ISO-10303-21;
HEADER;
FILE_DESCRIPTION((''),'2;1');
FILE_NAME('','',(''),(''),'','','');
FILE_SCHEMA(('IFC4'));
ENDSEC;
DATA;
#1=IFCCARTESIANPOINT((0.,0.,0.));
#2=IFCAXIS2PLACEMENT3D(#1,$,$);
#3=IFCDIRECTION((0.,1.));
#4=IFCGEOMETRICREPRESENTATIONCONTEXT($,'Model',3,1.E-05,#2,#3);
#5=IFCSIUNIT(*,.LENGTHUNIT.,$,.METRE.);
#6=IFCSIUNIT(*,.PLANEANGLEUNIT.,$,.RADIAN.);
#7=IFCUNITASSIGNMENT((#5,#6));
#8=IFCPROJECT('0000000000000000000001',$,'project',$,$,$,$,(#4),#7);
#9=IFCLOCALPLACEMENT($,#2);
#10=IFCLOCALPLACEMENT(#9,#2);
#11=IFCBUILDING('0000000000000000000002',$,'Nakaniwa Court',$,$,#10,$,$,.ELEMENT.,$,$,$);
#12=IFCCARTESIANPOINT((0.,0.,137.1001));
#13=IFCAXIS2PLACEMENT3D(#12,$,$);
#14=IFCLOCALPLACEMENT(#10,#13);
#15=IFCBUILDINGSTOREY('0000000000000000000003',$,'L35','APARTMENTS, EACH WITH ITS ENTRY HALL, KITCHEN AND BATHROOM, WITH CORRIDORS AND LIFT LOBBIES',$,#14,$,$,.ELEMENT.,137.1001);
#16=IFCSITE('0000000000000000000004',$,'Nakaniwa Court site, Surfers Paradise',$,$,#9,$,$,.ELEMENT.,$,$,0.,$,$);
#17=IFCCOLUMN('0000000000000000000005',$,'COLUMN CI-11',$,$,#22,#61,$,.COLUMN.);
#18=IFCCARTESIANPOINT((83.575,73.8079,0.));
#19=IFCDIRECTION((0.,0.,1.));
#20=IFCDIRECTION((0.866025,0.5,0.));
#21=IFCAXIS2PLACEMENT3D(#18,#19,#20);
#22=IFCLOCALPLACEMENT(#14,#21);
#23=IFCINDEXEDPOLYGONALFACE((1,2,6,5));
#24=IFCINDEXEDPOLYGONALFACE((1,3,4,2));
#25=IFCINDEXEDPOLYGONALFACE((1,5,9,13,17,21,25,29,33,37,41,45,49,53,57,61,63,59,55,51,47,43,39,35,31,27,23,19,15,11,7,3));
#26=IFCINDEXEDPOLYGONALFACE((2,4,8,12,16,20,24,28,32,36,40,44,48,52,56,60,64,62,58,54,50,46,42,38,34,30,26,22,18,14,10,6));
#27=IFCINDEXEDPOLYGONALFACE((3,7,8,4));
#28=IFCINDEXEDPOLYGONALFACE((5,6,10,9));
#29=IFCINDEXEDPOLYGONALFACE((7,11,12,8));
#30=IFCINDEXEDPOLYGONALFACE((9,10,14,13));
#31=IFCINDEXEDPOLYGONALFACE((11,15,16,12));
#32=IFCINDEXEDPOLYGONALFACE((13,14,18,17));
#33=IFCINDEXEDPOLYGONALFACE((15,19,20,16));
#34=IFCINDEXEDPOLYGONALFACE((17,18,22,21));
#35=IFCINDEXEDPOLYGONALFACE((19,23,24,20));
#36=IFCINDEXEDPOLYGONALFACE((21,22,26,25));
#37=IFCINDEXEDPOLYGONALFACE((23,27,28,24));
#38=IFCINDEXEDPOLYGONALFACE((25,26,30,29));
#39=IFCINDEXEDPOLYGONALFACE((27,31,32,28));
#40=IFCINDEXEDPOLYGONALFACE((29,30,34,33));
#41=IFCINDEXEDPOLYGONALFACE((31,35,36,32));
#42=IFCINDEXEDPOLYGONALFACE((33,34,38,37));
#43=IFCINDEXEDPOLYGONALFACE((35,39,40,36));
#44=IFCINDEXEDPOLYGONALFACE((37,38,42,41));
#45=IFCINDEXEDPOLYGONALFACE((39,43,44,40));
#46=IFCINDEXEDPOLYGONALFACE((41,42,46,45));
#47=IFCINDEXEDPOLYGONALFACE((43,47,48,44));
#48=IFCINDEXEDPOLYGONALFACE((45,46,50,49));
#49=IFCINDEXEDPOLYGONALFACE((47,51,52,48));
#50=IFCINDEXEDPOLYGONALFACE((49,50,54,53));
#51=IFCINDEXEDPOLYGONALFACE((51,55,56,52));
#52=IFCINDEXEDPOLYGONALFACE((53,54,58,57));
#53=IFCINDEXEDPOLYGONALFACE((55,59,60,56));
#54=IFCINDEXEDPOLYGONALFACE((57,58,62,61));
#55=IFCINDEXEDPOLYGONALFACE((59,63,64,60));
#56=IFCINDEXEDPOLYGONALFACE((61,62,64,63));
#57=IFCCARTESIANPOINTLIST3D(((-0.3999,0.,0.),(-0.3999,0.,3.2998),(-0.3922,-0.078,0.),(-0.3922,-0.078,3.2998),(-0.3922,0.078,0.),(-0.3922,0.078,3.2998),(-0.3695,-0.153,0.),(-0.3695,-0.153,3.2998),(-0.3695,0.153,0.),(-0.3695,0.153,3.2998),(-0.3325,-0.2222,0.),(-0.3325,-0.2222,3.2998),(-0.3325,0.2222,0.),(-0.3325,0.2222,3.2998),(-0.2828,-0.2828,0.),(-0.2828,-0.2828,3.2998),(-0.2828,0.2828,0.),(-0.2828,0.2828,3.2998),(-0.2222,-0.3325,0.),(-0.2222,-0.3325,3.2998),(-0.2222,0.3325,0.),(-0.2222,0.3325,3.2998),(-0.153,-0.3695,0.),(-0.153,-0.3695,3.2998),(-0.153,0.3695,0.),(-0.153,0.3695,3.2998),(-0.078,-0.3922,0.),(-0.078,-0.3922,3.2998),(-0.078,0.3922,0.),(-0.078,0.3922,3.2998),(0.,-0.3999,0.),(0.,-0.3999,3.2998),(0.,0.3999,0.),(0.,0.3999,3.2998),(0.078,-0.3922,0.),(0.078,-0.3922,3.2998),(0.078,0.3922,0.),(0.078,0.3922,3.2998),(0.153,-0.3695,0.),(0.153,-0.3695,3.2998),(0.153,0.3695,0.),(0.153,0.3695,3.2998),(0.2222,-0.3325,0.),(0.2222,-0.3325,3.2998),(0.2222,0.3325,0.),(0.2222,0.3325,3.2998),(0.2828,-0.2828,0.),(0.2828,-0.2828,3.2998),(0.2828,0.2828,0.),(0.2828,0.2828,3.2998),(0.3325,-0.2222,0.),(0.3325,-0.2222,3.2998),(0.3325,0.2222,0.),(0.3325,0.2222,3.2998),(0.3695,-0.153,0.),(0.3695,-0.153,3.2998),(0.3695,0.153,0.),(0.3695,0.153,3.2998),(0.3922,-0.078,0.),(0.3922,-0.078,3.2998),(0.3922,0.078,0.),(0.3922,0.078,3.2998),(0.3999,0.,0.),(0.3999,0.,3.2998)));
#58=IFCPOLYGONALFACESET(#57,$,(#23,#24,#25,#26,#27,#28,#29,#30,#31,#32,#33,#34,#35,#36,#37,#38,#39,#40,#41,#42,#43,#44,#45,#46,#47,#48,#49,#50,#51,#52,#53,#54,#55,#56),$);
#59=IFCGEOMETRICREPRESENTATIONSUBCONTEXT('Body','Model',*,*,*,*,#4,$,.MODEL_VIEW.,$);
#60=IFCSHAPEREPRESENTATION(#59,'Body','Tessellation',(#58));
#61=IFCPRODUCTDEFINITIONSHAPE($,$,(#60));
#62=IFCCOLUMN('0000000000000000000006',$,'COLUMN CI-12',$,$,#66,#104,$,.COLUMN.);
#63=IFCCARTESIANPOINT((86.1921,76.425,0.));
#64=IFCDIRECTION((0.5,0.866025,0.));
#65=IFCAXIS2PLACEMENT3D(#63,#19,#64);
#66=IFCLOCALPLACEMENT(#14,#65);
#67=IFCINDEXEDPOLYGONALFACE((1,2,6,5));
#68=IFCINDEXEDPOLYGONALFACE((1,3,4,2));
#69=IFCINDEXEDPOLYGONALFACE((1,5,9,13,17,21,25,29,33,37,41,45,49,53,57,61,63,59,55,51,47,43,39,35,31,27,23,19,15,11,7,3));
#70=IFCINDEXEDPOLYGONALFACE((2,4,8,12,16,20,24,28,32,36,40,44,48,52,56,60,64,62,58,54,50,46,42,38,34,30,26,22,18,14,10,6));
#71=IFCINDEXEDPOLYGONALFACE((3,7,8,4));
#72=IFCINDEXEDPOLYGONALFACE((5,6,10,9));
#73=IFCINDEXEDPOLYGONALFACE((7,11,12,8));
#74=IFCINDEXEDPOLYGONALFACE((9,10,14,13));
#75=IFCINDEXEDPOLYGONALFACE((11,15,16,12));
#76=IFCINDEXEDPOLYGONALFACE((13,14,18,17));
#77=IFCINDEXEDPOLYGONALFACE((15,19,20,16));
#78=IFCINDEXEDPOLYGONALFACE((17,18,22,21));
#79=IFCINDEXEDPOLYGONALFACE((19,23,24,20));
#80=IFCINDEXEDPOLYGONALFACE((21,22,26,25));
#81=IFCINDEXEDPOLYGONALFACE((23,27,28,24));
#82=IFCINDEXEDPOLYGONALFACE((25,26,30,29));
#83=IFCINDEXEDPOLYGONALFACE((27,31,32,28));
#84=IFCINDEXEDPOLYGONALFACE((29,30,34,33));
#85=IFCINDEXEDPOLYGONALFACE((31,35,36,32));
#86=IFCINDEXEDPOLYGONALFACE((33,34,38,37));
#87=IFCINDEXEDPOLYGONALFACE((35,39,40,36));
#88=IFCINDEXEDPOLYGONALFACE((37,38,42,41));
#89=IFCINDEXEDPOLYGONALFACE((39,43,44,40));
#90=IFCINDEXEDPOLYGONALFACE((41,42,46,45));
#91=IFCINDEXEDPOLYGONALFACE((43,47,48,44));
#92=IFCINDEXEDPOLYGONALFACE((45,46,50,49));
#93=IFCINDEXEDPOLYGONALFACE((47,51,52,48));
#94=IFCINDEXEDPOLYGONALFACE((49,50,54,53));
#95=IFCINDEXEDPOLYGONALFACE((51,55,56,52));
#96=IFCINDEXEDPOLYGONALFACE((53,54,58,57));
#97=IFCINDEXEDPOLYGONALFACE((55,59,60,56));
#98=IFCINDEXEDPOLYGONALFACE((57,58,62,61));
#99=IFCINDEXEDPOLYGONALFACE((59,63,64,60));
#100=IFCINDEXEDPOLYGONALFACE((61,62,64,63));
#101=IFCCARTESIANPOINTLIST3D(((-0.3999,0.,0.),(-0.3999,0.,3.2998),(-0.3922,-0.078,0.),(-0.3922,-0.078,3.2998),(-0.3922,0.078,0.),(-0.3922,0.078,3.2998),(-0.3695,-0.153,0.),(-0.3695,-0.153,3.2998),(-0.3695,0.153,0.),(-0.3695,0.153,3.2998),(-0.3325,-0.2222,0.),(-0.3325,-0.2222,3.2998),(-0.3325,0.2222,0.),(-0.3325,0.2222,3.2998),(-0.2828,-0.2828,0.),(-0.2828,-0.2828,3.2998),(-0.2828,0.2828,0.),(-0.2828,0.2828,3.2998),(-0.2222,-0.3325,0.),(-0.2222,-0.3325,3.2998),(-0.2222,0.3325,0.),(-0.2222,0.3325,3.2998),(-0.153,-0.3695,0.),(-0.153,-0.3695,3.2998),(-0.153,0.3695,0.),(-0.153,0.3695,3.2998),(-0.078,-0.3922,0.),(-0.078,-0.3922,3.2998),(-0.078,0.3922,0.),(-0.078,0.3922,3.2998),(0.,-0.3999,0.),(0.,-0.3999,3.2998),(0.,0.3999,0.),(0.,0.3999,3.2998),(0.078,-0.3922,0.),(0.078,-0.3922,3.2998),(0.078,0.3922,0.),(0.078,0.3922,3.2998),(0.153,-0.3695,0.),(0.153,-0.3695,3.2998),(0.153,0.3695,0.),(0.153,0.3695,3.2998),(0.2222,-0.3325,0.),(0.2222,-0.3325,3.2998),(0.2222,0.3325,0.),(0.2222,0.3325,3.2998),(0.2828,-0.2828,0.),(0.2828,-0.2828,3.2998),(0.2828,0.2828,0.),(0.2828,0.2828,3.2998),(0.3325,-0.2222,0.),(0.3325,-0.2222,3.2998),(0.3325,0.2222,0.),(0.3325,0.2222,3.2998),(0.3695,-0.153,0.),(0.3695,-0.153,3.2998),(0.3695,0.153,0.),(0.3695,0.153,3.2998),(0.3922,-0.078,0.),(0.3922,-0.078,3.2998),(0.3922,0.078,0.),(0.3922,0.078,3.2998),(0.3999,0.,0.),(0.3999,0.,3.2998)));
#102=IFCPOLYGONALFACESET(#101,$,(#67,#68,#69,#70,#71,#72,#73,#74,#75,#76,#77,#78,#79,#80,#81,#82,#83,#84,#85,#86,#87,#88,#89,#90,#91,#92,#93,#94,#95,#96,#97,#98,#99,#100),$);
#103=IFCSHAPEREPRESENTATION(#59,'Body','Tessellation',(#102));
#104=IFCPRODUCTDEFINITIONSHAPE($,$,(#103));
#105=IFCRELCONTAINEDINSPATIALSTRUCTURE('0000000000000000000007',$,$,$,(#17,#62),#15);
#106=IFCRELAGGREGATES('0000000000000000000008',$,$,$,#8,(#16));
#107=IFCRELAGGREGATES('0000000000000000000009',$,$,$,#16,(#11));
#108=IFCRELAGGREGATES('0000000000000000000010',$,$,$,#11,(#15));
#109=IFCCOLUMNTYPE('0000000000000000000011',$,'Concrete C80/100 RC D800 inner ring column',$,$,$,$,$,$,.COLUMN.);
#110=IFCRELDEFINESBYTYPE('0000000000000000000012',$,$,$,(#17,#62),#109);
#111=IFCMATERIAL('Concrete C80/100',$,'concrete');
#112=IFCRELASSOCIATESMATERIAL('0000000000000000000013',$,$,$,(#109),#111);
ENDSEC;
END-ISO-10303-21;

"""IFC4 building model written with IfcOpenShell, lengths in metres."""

from ifc_helpers import new_model, si_unit, direction, frame, origin, origin_2d, place, context, subcontext, project, spatial, circle, extrude, material, material_profile, profile_set, type_object, element, save


model = new_model("IFC4")

# Units and contexts
model_context = context("Model", 3, precision=1e-05, world=origin(), true_north=direction((0.0, 1.0)))
body_context = subcontext(model_context, "Body", "Model", "MODEL_VIEW")
ifc_project = project(units=[si_unit("LENGTHUNIT", "METRE"), si_unit("PLANEANGLEUNIT", "RADIAN")], contexts=[model_context])

# Site, building, storey
site_placement = place(None, origin())
site = spatial("IfcSite", under=ifc_project, at=site_placement, Name="Nakaniwa Court site, Surfers Paradise", CompositionType="ELEMENT", RefElevation=0.0)
building_placement = place(site_placement, origin())
building = spatial("IfcBuilding", under=site, at=building_placement, Name="Nakaniwa Court", CompositionType="ELEMENT")
storey_placement = place(building_placement, frame((0.0, 0.0, 137.1001)))
storey = spatial("IfcBuildingStorey", under=building, at=storey_placement, Name="L35", Description="APARTMENTS, EACH WITH ITS ENTRY HALL, KITCHEN AND BATHROOM, WITH CORRIDORS AND LIFT LOBBIES", CompositionType="ELEMENT", Elevation=137.1001)

# Columns
ifc_material_1 = material(Name="Concrete C80/100", Category="concrete")
ifc_material_profile_1 = material_profile(ifc_material_1, circle(Radius=0.3999, at=origin_2d()), Name="Concrete C80/100 RC D800 inner ring column")
ifc_profile_set_1 = profile_set([ifc_material_profile_1], Name="Concrete C80/100")
column_type = type_object("IfcColumnType", Name="Concrete C80/100 RC D800 inner ring column", PredefinedType="COLUMN", material=ifc_profile_set_1)
for number, where, z_axis, x_axis, name in (
    (1, (83.575, 73.8079, 0.0), (0.0, 0.0, 1.0), (0.866025, 0.5, 0.0), "COLUMN CI-11"),
    (2, (86.1921, 76.425, 0.0), (0.0, 0.0, 1.0), (0.5, 0.866025, 0.0), "COLUMN CI-12"),
):
    element("IfcColumn", number, at=place(storey_placement, frame(where, z_axis=z_axis, x_axis=x_axis)), inside=storey, type_object=column_type, Name=name, PredefinedType="COLUMN", context=body_context, shape_type="SweptSolid", body=[
        extrude(circle(Radius=0.3999, at=origin_2d()), origin(), (0.0, 0.0, 1.0), 3.2998),
    ])

save(model, "model.ifc")
